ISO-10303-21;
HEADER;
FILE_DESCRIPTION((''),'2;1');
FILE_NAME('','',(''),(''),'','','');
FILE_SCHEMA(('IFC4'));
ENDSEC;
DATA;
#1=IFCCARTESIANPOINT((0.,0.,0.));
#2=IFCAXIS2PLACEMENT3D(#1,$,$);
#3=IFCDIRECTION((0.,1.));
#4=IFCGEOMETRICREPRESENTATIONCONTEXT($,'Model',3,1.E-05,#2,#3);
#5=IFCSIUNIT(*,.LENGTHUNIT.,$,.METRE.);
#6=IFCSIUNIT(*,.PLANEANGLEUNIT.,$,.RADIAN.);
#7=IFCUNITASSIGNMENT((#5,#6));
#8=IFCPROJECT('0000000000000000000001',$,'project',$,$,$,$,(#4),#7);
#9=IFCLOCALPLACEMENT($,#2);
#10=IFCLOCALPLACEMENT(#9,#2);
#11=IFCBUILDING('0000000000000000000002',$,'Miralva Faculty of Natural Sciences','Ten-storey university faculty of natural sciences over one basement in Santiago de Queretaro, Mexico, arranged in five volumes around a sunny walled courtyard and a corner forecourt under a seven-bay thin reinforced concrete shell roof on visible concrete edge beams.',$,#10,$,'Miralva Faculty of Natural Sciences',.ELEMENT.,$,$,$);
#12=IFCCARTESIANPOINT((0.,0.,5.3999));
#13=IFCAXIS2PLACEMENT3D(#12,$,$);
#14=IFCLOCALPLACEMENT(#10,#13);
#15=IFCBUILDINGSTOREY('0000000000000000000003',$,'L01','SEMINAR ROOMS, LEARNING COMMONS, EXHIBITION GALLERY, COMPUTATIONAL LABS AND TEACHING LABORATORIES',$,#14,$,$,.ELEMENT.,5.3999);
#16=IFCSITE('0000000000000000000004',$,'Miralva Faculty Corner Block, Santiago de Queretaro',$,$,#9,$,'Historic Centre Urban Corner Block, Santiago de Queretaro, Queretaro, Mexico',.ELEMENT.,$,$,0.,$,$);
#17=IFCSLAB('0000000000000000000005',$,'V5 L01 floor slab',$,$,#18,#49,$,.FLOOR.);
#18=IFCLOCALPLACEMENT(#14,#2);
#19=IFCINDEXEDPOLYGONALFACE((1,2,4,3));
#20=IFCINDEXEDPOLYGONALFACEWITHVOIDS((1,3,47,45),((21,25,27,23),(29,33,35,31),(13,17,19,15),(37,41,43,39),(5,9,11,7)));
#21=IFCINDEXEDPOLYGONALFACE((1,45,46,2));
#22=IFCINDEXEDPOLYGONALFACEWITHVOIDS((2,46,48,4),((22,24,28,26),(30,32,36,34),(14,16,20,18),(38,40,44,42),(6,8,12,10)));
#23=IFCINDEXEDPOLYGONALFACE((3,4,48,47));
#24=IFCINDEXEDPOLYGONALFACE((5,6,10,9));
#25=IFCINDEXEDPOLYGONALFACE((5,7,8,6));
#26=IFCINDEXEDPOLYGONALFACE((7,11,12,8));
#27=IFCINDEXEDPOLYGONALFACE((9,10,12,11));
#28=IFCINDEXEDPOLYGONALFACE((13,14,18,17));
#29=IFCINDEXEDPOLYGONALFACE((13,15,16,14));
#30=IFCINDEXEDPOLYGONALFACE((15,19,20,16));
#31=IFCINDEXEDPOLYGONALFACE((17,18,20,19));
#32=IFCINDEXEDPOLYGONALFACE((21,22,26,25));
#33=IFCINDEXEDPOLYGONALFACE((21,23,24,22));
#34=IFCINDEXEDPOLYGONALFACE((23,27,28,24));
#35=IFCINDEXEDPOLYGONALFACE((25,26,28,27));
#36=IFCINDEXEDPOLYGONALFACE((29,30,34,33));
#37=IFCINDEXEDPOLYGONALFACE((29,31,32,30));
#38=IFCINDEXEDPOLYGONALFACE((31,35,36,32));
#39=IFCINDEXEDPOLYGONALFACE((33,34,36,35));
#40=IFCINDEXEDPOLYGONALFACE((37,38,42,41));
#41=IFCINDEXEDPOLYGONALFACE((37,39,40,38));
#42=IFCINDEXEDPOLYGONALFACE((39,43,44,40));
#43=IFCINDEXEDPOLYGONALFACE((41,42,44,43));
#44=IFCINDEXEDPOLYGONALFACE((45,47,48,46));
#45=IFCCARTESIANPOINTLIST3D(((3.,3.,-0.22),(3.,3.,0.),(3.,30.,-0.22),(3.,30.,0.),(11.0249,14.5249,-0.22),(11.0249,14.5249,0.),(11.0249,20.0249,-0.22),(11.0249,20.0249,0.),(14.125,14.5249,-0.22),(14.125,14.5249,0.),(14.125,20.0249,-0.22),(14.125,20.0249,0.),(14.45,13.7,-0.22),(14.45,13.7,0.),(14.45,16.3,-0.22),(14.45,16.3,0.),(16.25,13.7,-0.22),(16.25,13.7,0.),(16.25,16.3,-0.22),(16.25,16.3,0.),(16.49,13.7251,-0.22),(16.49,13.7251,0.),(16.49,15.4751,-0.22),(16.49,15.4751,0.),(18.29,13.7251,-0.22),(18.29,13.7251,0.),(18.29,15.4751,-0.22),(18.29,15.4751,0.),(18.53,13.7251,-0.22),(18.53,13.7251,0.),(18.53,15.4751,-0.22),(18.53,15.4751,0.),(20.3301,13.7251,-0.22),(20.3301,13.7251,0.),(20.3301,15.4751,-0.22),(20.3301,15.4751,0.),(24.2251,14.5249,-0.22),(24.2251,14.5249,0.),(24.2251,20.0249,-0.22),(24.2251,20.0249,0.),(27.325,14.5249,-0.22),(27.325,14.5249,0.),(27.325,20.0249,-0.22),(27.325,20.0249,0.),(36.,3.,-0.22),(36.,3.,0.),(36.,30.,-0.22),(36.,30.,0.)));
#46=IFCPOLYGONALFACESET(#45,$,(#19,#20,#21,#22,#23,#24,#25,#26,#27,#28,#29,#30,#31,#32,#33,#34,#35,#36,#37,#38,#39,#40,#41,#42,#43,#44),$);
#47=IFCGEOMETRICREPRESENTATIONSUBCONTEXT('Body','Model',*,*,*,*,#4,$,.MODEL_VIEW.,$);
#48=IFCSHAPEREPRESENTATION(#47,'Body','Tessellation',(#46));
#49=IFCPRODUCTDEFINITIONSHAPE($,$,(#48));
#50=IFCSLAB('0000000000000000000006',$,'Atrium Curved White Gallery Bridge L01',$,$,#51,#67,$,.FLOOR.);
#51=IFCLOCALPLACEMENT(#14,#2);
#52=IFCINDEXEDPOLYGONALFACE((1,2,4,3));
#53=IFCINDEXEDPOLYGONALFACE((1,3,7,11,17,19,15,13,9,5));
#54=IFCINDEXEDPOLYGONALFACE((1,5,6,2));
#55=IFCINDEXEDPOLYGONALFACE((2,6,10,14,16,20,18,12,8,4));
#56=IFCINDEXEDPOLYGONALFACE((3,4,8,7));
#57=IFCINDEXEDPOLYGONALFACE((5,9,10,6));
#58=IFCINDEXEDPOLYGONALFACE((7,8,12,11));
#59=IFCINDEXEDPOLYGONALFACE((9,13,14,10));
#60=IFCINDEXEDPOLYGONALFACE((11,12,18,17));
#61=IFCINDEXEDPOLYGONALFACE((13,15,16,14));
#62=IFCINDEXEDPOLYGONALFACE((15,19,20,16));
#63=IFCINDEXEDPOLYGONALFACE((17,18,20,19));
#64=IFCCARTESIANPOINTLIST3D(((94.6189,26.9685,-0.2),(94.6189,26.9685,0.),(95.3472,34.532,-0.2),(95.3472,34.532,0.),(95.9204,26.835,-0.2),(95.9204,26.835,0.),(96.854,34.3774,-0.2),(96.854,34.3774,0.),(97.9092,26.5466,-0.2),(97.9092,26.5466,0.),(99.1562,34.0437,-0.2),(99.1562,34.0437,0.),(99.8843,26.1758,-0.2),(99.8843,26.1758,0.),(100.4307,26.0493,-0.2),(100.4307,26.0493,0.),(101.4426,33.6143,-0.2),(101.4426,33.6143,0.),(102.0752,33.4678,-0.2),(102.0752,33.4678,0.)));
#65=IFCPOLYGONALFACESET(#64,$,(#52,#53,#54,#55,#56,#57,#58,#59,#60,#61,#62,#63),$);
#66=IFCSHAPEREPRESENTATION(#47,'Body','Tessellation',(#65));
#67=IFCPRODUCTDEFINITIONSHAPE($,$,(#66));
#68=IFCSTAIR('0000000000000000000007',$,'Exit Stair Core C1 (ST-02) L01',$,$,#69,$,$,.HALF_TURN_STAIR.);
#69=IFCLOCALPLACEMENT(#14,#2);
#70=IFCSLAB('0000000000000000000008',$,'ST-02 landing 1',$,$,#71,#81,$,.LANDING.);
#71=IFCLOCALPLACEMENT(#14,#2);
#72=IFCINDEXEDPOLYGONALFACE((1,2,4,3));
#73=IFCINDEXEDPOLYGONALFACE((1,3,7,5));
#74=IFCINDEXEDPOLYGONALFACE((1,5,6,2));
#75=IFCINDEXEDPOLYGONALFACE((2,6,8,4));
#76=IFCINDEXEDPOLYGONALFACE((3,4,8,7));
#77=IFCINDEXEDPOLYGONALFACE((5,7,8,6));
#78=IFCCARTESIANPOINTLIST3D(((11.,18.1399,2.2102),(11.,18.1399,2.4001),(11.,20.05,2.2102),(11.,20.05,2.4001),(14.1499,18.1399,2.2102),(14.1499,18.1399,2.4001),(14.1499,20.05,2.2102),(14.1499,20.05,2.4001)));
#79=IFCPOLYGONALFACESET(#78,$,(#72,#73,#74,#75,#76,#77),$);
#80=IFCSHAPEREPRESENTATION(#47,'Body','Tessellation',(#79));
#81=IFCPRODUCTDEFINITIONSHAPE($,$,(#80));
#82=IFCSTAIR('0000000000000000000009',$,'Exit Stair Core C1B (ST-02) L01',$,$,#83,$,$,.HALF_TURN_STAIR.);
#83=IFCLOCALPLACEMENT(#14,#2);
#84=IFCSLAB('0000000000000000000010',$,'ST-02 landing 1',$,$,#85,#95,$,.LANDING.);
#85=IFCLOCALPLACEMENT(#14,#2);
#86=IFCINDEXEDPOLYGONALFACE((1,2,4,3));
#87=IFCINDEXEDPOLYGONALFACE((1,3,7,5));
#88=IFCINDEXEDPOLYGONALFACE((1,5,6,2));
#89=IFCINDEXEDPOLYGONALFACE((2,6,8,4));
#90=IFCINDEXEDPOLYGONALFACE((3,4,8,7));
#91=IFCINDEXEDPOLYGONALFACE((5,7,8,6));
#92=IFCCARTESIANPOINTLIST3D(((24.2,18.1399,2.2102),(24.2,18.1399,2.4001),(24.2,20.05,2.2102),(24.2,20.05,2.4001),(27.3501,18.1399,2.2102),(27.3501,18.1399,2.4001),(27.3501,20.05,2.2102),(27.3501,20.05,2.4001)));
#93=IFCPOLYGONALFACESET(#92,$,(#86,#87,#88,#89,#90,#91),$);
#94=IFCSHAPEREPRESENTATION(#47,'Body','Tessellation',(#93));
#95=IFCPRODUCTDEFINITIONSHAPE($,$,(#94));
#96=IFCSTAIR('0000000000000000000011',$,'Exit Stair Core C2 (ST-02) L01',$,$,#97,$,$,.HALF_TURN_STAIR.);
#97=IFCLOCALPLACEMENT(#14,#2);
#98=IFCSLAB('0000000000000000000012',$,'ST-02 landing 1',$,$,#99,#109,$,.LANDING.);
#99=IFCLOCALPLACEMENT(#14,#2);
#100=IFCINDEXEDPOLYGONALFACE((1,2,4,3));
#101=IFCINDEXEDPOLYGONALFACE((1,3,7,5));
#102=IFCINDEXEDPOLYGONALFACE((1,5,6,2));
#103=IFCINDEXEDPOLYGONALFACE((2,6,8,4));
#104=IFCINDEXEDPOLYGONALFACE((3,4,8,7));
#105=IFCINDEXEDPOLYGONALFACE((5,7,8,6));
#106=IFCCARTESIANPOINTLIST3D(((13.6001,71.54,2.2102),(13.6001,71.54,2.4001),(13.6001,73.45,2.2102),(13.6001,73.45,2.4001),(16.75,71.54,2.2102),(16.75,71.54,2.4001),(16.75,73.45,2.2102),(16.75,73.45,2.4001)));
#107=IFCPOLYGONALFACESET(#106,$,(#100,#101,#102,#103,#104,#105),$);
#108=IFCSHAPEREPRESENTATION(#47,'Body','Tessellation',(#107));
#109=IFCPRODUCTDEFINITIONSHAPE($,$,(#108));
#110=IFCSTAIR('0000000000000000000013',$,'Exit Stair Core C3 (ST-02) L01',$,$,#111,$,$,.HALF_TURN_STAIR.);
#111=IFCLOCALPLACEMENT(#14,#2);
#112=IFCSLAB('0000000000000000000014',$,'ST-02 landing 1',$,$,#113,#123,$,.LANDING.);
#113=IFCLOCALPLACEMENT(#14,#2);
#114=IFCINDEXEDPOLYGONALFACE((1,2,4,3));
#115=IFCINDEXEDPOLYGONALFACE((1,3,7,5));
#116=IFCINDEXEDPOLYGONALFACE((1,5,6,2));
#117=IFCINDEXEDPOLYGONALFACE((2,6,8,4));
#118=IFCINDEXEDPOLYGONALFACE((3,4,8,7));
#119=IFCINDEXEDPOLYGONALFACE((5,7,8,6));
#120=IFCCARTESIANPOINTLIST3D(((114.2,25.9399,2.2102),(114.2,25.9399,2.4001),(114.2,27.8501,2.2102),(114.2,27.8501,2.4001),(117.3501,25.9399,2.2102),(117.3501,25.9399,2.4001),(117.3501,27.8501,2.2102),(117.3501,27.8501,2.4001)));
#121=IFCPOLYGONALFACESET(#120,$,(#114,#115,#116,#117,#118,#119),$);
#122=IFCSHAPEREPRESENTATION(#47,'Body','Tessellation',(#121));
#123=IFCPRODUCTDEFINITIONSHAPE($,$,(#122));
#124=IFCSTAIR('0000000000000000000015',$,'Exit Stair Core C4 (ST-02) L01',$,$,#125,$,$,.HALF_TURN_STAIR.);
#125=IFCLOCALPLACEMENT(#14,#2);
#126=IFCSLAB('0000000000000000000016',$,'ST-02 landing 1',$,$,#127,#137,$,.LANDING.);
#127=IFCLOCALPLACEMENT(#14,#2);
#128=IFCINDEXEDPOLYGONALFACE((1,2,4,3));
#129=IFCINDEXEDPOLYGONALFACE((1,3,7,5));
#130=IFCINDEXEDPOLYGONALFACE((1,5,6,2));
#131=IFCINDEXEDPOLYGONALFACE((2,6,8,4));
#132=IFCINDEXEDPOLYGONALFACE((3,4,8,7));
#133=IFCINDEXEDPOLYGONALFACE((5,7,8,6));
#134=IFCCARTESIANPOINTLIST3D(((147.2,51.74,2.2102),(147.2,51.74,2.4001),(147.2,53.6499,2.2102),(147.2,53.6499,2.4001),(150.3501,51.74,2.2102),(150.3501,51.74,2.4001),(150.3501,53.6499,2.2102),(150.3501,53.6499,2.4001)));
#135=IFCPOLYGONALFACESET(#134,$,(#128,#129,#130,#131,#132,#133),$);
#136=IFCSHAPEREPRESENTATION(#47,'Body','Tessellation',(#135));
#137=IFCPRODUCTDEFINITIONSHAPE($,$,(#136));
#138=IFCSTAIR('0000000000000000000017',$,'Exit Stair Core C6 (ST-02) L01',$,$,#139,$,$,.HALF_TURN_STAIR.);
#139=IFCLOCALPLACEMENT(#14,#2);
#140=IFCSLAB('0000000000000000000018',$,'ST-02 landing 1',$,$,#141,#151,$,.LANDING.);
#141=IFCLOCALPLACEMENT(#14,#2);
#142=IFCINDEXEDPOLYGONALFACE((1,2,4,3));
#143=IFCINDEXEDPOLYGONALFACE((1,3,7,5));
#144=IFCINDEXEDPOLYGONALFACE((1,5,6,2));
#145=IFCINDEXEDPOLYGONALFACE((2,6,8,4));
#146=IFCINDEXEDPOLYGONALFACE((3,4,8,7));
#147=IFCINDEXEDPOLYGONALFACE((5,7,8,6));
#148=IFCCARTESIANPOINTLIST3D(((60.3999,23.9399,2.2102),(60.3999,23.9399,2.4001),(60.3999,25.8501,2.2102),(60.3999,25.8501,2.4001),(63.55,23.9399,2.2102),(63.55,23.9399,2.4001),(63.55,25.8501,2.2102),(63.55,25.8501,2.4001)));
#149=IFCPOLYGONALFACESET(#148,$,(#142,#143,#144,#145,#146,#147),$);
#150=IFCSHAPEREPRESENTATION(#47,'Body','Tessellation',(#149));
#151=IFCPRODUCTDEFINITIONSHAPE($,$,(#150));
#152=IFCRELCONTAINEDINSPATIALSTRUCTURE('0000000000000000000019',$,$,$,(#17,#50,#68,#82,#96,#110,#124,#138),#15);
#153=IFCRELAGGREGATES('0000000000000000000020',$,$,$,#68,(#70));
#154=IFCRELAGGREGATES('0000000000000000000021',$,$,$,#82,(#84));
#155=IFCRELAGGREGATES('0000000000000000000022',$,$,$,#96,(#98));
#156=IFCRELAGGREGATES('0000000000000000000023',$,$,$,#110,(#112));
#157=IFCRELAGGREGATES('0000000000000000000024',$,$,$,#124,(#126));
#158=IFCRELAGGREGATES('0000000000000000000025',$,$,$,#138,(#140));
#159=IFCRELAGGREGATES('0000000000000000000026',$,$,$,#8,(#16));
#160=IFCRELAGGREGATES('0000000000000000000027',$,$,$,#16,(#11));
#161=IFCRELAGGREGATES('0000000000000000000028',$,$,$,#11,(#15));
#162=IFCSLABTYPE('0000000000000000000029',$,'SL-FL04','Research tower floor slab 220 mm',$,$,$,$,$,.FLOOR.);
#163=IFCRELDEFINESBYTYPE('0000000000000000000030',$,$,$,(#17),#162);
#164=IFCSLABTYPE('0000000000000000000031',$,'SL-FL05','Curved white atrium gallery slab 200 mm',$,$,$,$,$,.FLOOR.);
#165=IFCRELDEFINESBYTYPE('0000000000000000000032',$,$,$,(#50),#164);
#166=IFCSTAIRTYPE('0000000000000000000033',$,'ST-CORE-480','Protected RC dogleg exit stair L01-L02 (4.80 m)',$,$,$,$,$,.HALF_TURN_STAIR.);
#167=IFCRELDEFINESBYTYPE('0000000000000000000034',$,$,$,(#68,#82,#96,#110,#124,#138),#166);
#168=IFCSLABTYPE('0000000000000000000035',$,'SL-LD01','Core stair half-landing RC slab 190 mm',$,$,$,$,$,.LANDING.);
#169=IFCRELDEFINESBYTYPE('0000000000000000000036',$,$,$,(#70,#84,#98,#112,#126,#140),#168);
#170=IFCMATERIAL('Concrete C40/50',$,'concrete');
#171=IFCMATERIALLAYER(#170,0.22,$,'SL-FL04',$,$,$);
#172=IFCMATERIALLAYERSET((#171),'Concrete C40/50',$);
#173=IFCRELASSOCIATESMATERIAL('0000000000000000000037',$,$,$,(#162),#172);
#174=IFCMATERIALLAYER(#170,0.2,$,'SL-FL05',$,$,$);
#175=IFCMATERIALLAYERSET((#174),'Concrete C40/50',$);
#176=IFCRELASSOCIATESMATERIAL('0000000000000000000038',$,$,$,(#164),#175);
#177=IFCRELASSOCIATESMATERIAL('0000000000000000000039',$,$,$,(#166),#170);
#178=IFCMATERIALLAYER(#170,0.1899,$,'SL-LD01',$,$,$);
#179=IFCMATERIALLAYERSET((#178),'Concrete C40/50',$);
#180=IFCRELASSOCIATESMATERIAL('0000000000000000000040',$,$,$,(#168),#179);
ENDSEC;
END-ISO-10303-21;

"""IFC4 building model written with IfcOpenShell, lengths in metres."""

from ifc_helpers import new_model, si_unit, direction, frame, origin, place, context, subcontext, project, spatial, polyline, outline, extrude, material, layer, layer_set, type_object, element, aggregate, save


model = new_model("IFC4")

# Units and contexts
model_context = context("Model", 3, precision=1e-05, world=origin(), true_north=direction((0.0, 1.0)))
body_context = subcontext(model_context, "Body", "Model", "MODEL_VIEW")
ifc_project = project(units=[si_unit("LENGTHUNIT", "METRE"), si_unit("PLANEANGLEUNIT", "RADIAN")], contexts=[model_context])

# Site, building, storey
site_placement = place(None, origin())
site = spatial("IfcSite", under=ifc_project, at=site_placement, Name="Miralva Faculty Corner Block, Santiago de Queretaro", LongName="Historic Centre Urban Corner Block, Santiago de Queretaro, Queretaro, Mexico", CompositionType="ELEMENT", RefElevation=0.0)
building_placement = place(site_placement, origin())
building = spatial("IfcBuilding", under=site, at=building_placement, Name="Miralva Faculty of Natural Sciences", Description="Ten-storey university faculty of natural sciences over one basement in Santiago de Queretaro, Mexico, arranged in five volumes around a sunny walled courtyard and a corner forecourt under a seven-bay thin reinforced concrete shell roof on visible concrete edge beams.", LongName="Miralva Faculty of Natural Sciences", CompositionType="ELEMENT")
storey_placement = place(building_placement, frame((0.0, 0.0, 5.3999)))
storey = spatial("IfcBuildingStorey", under=building, at=storey_placement, Name="L01", Description="SEMINAR ROOMS, LEARNING COMMONS, EXHIBITION GALLERY, COMPUTATIONAL LABS AND TEACHING LABORATORIES", CompositionType="ELEMENT", Elevation=5.3999)

# Slabs
ifc_material_1 = material(Name="Concrete C40/50", Category="concrete")
ifc_layer_1 = layer(ifc_material_1, 0.22, Name="SL-FL04")
ifc_layer_set_1 = layer_set([ifc_layer_1], Name="Concrete C40/50")
slab_type_1 = type_object("IfcSlabType", Name="SL-FL04", Description="Research tower floor slab 220 mm", PredefinedType="FLOOR", material=ifc_layer_set_1)
slab_1_placement = place(storey_placement, frame((0.0, 0.0, -0.22)))
element("IfcSlab", 1, at=slab_1_placement, inside=storey, type_object=slab_type_1, Name="V5 L01 floor slab", PredefinedType="FLOOR", context=body_context, shape_type="SweptSolid", body=[
    extrude(outline(polyline([(36.0, 3.0), (3.0, 3.0), (3.0, 30.0), (36.0, 30.0), (36.0, 3.0)]), holes=[polyline([(14.125, 14.5249), (11.0249, 14.5249), (11.0249, 20.0249), (14.125, 20.0249), (14.125, 14.5249)]), polyline([(16.25, 13.7), (14.45, 13.7), (14.45, 16.3), (16.25, 16.3), (16.25, 13.7)]), polyline([(18.29, 13.7251), (16.49, 13.7251), (16.49, 15.4751), (18.29, 15.4751), (18.29, 13.7251)]), polyline([(27.325, 14.5249), (24.2251, 14.5249), (24.2251, 20.0249), (27.325, 20.0249), (27.325, 14.5249)]), polyline([(20.3301, 13.7251), (18.53, 13.7251), (18.53, 15.4751), (20.3301, 15.4751), (20.3301, 13.7251)])]), origin(), (0.0, 0.0, 1.0), 0.22),
])
ifc_layer_2 = layer(ifc_material_1, 0.2, Name="SL-FL05")
ifc_layer_set_2 = layer_set([ifc_layer_2], Name="Concrete C40/50")
slab_type_2 = type_object("IfcSlabType", Name="SL-FL05", Description="Curved white atrium gallery slab 200 mm", PredefinedType="FLOOR", material=ifc_layer_set_2)
slab_2_placement = place(storey_placement, frame((0.0, 0.0, -0.2)))
element("IfcSlab", 2, at=slab_2_placement, inside=storey, type_object=slab_type_2, Name="Atrium Curved White Gallery Bridge L01", PredefinedType="FLOOR", context=body_context, shape_type="SweptSolid", body=[
    extrude(outline(polyline([(95.3472, 34.532), (96.854, 34.3774), (99.1562, 34.0437), (101.4426, 33.6143), (102.0752, 33.4678), (100.4307, 26.0493), (99.8843, 26.1758), (97.9092, 26.5466), (95.9204, 26.835), (94.6189, 26.9685), (95.3472, 34.532)])), origin(), (0.0, 0.0, 1.0), 0.2),
])

# Stairs, slabs
stair_type = type_object("IfcStairType", Name="ST-CORE-480", Description="Protected RC dogleg exit stair L01-L02 (4.80 m)", PredefinedType="HALF_TURN_STAIR", material=ifc_material_1)
stair_1_placement = place(storey_placement, origin())
stair_1 = element("IfcStair", 3, at=stair_1_placement, inside=storey, type_object=stair_type, Name="Exit Stair Core C1 (ST-02) L01", PredefinedType="HALF_TURN_STAIR")
ifc_layer_3 = layer(ifc_material_1, 0.1899, Name="SL-LD01")
ifc_layer_set_3 = layer_set([ifc_layer_3], Name="Concrete C40/50")
slab_type_3 = type_object("IfcSlabType", Name="SL-LD01", Description="Core stair half-landing RC slab 190 mm", PredefinedType="LANDING", material=ifc_layer_set_3)
slab_3_placement = place(storey_placement, frame((0.0, 0.0, 2.2102)))
slab_3 = element("IfcSlab", 4, at=slab_3_placement, type_object=slab_type_3, Name="ST-02 landing 1", PredefinedType="LANDING", context=body_context, shape_type="SweptSolid", body=[
    extrude(outline(polyline([(14.1499, 18.1399), (14.1499, 20.05), (11.0, 20.05), (11.0, 18.1399), (14.1499, 18.1399)])), origin(), (0.0, 0.0, 1.0), 0.1899),
])
aggregate(stair_1, [slab_3])
stair_2_placement = place(storey_placement, origin())
stair_2 = element("IfcStair", 5, at=stair_2_placement, inside=storey, type_object=stair_type, Name="Exit Stair Core C1B (ST-02) L01", PredefinedType="HALF_TURN_STAIR")
slab_4_placement = place(storey_placement, frame((0.0, 0.0, 2.2102)))
slab_4 = element("IfcSlab", 6, at=slab_4_placement, type_object=slab_type_3, Name="ST-02 landing 1", PredefinedType="LANDING", context=body_context, shape_type="SweptSolid", body=[
    extrude(outline(polyline([(27.3501, 18.1399), (27.3501, 20.05), (24.2, 20.05), (24.2, 18.1399), (27.3501, 18.1399)])), origin(), (0.0, 0.0, 1.0), 0.1899),
])
aggregate(stair_2, [slab_4])
stair_3_placement = place(storey_placement, origin())
stair_3 = element("IfcStair", 7, at=stair_3_placement, inside=storey, type_object=stair_type, Name="Exit Stair Core C2 (ST-02) L01", PredefinedType="HALF_TURN_STAIR")
slab_5_placement = place(storey_placement, frame((0.0, 0.0, 2.2102)))
slab_5 = element("IfcSlab", 8, at=slab_5_placement, type_object=slab_type_3, Name="ST-02 landing 1", PredefinedType="LANDING", context=body_context, shape_type="SweptSolid", body=[
    extrude(outline(polyline([(16.75, 71.54), (16.75, 73.45), (13.6001, 73.45), (13.6001, 71.54), (16.75, 71.54)])), origin(), (0.0, 0.0, 1.0), 0.1899),
])
aggregate(stair_3, [slab_5])
stair_4_placement = place(storey_placement, origin())
stair_4 = element("IfcStair", 9, at=stair_4_placement, inside=storey, type_object=stair_type, Name="Exit Stair Core C3 (ST-02) L01", PredefinedType="HALF_TURN_STAIR")
slab_6_placement = place(storey_placement, frame((0.0, 0.0, 2.2102)))
slab_6 = element("IfcSlab", 10, at=slab_6_placement, type_object=slab_type_3, Name="ST-02 landing 1", PredefinedType="LANDING", context=body_context, shape_type="SweptSolid", body=[
    extrude(outline(polyline([(117.3501, 25.9399), (117.3501, 27.8501), (114.2, 27.8501), (114.2, 25.9399), (117.3501, 25.9399)])), origin(), (0.0, 0.0, 1.0), 0.1899),
])
aggregate(stair_4, [slab_6])
stair_5_placement = place(storey_placement, origin())
stair_5 = element("IfcStair", 11, at=stair_5_placement, inside=storey, type_object=stair_type, Name="Exit Stair Core C4 (ST-02) L01", PredefinedType="HALF_TURN_STAIR")
slab_7_placement = place(storey_placement, frame((0.0, 0.0, 2.2102)))
slab_7 = element("IfcSlab", 12, at=slab_7_placement, type_object=slab_type_3, Name="ST-02 landing 1", PredefinedType="LANDING", context=body_context, shape_type="SweptSolid", body=[
    extrude(outline(polyline([(150.3501, 51.74), (150.3501, 53.6499), (147.2, 53.6499), (147.2, 51.74), (150.3501, 51.74)])), origin(), (0.0, 0.0, 1.0), 0.1899),
])
aggregate(stair_5, [slab_7])
stair_6_placement = place(storey_placement, origin())
stair_6 = element("IfcStair", 13, at=stair_6_placement, inside=storey, type_object=stair_type, Name="Exit Stair Core C6 (ST-02) L01", PredefinedType="HALF_TURN_STAIR")
slab_8_placement = place(storey_placement, frame((0.0, 0.0, 2.2102)))
slab_8 = element("IfcSlab", 14, at=slab_8_placement, type_object=slab_type_3, Name="ST-02 landing 1", PredefinedType="LANDING", context=body_context, shape_type="SweptSolid", body=[
    extrude(outline(polyline([(63.55, 23.9399), (63.55, 25.8501), (60.3999, 25.8501), (60.3999, 23.9399), (63.55, 23.9399)])), origin(), (0.0, 0.0, 1.0), 0.1899),
])
aggregate(stair_6, [slab_8])

save(model, "model.ifc")
